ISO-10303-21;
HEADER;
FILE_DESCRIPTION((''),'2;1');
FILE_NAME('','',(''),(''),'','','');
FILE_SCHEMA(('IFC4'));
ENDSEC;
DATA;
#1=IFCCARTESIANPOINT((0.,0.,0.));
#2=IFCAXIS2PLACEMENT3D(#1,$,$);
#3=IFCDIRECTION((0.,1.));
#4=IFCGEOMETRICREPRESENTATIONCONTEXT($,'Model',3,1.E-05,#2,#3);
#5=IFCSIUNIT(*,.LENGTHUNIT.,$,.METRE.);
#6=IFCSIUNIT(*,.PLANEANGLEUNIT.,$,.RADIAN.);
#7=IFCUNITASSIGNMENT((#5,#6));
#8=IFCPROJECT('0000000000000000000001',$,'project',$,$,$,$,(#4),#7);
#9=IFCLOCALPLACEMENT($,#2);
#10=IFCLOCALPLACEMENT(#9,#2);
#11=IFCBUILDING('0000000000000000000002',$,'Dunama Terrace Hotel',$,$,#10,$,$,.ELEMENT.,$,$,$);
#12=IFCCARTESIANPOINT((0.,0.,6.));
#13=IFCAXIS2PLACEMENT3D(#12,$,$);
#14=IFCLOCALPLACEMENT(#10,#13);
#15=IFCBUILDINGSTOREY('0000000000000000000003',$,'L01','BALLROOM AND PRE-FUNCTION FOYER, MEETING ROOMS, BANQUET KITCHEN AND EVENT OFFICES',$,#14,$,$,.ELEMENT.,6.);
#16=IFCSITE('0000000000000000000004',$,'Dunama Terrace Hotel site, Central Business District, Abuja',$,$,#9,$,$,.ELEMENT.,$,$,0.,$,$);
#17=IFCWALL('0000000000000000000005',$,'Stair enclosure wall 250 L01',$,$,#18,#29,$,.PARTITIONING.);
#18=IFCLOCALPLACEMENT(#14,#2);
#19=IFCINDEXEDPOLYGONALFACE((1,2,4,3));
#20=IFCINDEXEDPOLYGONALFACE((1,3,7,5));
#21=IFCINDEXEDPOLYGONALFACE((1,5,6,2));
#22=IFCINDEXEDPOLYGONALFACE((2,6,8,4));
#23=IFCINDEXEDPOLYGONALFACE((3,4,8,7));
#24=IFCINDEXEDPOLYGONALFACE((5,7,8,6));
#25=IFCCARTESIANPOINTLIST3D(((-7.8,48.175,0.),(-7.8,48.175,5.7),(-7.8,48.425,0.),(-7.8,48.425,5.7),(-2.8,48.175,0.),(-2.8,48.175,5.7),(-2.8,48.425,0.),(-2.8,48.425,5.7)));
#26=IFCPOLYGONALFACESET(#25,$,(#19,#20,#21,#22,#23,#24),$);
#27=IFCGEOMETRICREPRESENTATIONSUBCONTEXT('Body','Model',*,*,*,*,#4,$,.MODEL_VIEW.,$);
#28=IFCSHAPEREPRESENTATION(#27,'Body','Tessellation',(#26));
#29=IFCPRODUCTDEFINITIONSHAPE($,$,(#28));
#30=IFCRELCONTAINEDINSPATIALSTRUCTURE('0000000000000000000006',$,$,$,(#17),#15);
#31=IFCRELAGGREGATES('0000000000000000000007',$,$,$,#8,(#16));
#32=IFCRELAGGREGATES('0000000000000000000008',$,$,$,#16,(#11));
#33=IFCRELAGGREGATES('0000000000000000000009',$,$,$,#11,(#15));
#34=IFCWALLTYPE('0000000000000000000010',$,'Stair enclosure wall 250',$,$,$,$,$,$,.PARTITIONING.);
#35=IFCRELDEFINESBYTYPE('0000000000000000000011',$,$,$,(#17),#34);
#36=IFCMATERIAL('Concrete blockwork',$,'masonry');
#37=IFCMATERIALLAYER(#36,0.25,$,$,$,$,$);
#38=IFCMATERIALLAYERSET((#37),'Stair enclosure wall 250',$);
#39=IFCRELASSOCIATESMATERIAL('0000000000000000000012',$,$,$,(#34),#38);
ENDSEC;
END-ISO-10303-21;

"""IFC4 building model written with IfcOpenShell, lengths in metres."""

from ifc_helpers import new_model, si_unit, direction, frame, frame_2d, origin, place, context, subcontext, project, spatial, rectangle, extrude, material, layer, layer_set, type_object, element, save


model = new_model("IFC4")

# Units and contexts
model_context = context("Model", 3, precision=1e-05, world=origin(), true_north=direction((0.0, 1.0)))
body_context = subcontext(model_context, "Body", "Model", "MODEL_VIEW")
ifc_project = project(units=[si_unit("LENGTHUNIT", "METRE"), si_unit("PLANEANGLEUNIT", "RADIAN")], contexts=[model_context])

# Site, building, storey
site_placement = place(None, origin())
site = spatial("IfcSite", under=ifc_project, at=site_placement, Name="Dunama Terrace Hotel site, Central Business District, Abuja", CompositionType="ELEMENT", RefElevation=0.0)
building_placement = place(site_placement, origin())
building = spatial("IfcBuilding", under=site, at=building_placement, Name="Dunama Terrace Hotel", CompositionType="ELEMENT")
storey_placement = place(building_placement, frame((0.0, 0.0, 6.0)))
storey = spatial("IfcBuildingStorey", under=building, at=storey_placement, Name="L01", Description="BALLROOM AND PRE-FUNCTION FOYER, MEETING ROOMS, BANQUET KITCHEN AND EVENT OFFICES", CompositionType="ELEMENT", Elevation=6.0)

# Shared definitions
ifc_material_1 = material(Name="Concrete blockwork", Category="masonry")
ifc_layer_1 = layer(ifc_material_1, 0.25)
ifc_layer_set_1 = layer_set([ifc_layer_1], Name="Stair enclosure wall 250")
wall_type_1 = type_object("IfcWallType", Name="Stair enclosure wall 250", PredefinedType="PARTITIONING", material=ifc_layer_set_1)

# Wall
for number, where, z_axis, x_axis, name in (
    (1, (-7.8, 48.3, 0.0), (0.0, 0.0, 1.0), (1.0, 0.0, 0.0), "Stair enclosure wall 250 L01"),
):
    element("IfcWall", number, at=place(storey_placement, frame(where, z_axis=z_axis, x_axis=x_axis)), inside=storey, type_object=wall_type_1, Name=name, PredefinedType="PARTITIONING", context=body_context, shape_type="SweptSolid", body=[
        extrude(rectangle(XDim=5.0, YDim=0.25, at=frame_2d((2.5, 0.0))), origin(), (0.0, 0.0, 1.0), 5.7),
    ])

save(model, "model.ifc")
